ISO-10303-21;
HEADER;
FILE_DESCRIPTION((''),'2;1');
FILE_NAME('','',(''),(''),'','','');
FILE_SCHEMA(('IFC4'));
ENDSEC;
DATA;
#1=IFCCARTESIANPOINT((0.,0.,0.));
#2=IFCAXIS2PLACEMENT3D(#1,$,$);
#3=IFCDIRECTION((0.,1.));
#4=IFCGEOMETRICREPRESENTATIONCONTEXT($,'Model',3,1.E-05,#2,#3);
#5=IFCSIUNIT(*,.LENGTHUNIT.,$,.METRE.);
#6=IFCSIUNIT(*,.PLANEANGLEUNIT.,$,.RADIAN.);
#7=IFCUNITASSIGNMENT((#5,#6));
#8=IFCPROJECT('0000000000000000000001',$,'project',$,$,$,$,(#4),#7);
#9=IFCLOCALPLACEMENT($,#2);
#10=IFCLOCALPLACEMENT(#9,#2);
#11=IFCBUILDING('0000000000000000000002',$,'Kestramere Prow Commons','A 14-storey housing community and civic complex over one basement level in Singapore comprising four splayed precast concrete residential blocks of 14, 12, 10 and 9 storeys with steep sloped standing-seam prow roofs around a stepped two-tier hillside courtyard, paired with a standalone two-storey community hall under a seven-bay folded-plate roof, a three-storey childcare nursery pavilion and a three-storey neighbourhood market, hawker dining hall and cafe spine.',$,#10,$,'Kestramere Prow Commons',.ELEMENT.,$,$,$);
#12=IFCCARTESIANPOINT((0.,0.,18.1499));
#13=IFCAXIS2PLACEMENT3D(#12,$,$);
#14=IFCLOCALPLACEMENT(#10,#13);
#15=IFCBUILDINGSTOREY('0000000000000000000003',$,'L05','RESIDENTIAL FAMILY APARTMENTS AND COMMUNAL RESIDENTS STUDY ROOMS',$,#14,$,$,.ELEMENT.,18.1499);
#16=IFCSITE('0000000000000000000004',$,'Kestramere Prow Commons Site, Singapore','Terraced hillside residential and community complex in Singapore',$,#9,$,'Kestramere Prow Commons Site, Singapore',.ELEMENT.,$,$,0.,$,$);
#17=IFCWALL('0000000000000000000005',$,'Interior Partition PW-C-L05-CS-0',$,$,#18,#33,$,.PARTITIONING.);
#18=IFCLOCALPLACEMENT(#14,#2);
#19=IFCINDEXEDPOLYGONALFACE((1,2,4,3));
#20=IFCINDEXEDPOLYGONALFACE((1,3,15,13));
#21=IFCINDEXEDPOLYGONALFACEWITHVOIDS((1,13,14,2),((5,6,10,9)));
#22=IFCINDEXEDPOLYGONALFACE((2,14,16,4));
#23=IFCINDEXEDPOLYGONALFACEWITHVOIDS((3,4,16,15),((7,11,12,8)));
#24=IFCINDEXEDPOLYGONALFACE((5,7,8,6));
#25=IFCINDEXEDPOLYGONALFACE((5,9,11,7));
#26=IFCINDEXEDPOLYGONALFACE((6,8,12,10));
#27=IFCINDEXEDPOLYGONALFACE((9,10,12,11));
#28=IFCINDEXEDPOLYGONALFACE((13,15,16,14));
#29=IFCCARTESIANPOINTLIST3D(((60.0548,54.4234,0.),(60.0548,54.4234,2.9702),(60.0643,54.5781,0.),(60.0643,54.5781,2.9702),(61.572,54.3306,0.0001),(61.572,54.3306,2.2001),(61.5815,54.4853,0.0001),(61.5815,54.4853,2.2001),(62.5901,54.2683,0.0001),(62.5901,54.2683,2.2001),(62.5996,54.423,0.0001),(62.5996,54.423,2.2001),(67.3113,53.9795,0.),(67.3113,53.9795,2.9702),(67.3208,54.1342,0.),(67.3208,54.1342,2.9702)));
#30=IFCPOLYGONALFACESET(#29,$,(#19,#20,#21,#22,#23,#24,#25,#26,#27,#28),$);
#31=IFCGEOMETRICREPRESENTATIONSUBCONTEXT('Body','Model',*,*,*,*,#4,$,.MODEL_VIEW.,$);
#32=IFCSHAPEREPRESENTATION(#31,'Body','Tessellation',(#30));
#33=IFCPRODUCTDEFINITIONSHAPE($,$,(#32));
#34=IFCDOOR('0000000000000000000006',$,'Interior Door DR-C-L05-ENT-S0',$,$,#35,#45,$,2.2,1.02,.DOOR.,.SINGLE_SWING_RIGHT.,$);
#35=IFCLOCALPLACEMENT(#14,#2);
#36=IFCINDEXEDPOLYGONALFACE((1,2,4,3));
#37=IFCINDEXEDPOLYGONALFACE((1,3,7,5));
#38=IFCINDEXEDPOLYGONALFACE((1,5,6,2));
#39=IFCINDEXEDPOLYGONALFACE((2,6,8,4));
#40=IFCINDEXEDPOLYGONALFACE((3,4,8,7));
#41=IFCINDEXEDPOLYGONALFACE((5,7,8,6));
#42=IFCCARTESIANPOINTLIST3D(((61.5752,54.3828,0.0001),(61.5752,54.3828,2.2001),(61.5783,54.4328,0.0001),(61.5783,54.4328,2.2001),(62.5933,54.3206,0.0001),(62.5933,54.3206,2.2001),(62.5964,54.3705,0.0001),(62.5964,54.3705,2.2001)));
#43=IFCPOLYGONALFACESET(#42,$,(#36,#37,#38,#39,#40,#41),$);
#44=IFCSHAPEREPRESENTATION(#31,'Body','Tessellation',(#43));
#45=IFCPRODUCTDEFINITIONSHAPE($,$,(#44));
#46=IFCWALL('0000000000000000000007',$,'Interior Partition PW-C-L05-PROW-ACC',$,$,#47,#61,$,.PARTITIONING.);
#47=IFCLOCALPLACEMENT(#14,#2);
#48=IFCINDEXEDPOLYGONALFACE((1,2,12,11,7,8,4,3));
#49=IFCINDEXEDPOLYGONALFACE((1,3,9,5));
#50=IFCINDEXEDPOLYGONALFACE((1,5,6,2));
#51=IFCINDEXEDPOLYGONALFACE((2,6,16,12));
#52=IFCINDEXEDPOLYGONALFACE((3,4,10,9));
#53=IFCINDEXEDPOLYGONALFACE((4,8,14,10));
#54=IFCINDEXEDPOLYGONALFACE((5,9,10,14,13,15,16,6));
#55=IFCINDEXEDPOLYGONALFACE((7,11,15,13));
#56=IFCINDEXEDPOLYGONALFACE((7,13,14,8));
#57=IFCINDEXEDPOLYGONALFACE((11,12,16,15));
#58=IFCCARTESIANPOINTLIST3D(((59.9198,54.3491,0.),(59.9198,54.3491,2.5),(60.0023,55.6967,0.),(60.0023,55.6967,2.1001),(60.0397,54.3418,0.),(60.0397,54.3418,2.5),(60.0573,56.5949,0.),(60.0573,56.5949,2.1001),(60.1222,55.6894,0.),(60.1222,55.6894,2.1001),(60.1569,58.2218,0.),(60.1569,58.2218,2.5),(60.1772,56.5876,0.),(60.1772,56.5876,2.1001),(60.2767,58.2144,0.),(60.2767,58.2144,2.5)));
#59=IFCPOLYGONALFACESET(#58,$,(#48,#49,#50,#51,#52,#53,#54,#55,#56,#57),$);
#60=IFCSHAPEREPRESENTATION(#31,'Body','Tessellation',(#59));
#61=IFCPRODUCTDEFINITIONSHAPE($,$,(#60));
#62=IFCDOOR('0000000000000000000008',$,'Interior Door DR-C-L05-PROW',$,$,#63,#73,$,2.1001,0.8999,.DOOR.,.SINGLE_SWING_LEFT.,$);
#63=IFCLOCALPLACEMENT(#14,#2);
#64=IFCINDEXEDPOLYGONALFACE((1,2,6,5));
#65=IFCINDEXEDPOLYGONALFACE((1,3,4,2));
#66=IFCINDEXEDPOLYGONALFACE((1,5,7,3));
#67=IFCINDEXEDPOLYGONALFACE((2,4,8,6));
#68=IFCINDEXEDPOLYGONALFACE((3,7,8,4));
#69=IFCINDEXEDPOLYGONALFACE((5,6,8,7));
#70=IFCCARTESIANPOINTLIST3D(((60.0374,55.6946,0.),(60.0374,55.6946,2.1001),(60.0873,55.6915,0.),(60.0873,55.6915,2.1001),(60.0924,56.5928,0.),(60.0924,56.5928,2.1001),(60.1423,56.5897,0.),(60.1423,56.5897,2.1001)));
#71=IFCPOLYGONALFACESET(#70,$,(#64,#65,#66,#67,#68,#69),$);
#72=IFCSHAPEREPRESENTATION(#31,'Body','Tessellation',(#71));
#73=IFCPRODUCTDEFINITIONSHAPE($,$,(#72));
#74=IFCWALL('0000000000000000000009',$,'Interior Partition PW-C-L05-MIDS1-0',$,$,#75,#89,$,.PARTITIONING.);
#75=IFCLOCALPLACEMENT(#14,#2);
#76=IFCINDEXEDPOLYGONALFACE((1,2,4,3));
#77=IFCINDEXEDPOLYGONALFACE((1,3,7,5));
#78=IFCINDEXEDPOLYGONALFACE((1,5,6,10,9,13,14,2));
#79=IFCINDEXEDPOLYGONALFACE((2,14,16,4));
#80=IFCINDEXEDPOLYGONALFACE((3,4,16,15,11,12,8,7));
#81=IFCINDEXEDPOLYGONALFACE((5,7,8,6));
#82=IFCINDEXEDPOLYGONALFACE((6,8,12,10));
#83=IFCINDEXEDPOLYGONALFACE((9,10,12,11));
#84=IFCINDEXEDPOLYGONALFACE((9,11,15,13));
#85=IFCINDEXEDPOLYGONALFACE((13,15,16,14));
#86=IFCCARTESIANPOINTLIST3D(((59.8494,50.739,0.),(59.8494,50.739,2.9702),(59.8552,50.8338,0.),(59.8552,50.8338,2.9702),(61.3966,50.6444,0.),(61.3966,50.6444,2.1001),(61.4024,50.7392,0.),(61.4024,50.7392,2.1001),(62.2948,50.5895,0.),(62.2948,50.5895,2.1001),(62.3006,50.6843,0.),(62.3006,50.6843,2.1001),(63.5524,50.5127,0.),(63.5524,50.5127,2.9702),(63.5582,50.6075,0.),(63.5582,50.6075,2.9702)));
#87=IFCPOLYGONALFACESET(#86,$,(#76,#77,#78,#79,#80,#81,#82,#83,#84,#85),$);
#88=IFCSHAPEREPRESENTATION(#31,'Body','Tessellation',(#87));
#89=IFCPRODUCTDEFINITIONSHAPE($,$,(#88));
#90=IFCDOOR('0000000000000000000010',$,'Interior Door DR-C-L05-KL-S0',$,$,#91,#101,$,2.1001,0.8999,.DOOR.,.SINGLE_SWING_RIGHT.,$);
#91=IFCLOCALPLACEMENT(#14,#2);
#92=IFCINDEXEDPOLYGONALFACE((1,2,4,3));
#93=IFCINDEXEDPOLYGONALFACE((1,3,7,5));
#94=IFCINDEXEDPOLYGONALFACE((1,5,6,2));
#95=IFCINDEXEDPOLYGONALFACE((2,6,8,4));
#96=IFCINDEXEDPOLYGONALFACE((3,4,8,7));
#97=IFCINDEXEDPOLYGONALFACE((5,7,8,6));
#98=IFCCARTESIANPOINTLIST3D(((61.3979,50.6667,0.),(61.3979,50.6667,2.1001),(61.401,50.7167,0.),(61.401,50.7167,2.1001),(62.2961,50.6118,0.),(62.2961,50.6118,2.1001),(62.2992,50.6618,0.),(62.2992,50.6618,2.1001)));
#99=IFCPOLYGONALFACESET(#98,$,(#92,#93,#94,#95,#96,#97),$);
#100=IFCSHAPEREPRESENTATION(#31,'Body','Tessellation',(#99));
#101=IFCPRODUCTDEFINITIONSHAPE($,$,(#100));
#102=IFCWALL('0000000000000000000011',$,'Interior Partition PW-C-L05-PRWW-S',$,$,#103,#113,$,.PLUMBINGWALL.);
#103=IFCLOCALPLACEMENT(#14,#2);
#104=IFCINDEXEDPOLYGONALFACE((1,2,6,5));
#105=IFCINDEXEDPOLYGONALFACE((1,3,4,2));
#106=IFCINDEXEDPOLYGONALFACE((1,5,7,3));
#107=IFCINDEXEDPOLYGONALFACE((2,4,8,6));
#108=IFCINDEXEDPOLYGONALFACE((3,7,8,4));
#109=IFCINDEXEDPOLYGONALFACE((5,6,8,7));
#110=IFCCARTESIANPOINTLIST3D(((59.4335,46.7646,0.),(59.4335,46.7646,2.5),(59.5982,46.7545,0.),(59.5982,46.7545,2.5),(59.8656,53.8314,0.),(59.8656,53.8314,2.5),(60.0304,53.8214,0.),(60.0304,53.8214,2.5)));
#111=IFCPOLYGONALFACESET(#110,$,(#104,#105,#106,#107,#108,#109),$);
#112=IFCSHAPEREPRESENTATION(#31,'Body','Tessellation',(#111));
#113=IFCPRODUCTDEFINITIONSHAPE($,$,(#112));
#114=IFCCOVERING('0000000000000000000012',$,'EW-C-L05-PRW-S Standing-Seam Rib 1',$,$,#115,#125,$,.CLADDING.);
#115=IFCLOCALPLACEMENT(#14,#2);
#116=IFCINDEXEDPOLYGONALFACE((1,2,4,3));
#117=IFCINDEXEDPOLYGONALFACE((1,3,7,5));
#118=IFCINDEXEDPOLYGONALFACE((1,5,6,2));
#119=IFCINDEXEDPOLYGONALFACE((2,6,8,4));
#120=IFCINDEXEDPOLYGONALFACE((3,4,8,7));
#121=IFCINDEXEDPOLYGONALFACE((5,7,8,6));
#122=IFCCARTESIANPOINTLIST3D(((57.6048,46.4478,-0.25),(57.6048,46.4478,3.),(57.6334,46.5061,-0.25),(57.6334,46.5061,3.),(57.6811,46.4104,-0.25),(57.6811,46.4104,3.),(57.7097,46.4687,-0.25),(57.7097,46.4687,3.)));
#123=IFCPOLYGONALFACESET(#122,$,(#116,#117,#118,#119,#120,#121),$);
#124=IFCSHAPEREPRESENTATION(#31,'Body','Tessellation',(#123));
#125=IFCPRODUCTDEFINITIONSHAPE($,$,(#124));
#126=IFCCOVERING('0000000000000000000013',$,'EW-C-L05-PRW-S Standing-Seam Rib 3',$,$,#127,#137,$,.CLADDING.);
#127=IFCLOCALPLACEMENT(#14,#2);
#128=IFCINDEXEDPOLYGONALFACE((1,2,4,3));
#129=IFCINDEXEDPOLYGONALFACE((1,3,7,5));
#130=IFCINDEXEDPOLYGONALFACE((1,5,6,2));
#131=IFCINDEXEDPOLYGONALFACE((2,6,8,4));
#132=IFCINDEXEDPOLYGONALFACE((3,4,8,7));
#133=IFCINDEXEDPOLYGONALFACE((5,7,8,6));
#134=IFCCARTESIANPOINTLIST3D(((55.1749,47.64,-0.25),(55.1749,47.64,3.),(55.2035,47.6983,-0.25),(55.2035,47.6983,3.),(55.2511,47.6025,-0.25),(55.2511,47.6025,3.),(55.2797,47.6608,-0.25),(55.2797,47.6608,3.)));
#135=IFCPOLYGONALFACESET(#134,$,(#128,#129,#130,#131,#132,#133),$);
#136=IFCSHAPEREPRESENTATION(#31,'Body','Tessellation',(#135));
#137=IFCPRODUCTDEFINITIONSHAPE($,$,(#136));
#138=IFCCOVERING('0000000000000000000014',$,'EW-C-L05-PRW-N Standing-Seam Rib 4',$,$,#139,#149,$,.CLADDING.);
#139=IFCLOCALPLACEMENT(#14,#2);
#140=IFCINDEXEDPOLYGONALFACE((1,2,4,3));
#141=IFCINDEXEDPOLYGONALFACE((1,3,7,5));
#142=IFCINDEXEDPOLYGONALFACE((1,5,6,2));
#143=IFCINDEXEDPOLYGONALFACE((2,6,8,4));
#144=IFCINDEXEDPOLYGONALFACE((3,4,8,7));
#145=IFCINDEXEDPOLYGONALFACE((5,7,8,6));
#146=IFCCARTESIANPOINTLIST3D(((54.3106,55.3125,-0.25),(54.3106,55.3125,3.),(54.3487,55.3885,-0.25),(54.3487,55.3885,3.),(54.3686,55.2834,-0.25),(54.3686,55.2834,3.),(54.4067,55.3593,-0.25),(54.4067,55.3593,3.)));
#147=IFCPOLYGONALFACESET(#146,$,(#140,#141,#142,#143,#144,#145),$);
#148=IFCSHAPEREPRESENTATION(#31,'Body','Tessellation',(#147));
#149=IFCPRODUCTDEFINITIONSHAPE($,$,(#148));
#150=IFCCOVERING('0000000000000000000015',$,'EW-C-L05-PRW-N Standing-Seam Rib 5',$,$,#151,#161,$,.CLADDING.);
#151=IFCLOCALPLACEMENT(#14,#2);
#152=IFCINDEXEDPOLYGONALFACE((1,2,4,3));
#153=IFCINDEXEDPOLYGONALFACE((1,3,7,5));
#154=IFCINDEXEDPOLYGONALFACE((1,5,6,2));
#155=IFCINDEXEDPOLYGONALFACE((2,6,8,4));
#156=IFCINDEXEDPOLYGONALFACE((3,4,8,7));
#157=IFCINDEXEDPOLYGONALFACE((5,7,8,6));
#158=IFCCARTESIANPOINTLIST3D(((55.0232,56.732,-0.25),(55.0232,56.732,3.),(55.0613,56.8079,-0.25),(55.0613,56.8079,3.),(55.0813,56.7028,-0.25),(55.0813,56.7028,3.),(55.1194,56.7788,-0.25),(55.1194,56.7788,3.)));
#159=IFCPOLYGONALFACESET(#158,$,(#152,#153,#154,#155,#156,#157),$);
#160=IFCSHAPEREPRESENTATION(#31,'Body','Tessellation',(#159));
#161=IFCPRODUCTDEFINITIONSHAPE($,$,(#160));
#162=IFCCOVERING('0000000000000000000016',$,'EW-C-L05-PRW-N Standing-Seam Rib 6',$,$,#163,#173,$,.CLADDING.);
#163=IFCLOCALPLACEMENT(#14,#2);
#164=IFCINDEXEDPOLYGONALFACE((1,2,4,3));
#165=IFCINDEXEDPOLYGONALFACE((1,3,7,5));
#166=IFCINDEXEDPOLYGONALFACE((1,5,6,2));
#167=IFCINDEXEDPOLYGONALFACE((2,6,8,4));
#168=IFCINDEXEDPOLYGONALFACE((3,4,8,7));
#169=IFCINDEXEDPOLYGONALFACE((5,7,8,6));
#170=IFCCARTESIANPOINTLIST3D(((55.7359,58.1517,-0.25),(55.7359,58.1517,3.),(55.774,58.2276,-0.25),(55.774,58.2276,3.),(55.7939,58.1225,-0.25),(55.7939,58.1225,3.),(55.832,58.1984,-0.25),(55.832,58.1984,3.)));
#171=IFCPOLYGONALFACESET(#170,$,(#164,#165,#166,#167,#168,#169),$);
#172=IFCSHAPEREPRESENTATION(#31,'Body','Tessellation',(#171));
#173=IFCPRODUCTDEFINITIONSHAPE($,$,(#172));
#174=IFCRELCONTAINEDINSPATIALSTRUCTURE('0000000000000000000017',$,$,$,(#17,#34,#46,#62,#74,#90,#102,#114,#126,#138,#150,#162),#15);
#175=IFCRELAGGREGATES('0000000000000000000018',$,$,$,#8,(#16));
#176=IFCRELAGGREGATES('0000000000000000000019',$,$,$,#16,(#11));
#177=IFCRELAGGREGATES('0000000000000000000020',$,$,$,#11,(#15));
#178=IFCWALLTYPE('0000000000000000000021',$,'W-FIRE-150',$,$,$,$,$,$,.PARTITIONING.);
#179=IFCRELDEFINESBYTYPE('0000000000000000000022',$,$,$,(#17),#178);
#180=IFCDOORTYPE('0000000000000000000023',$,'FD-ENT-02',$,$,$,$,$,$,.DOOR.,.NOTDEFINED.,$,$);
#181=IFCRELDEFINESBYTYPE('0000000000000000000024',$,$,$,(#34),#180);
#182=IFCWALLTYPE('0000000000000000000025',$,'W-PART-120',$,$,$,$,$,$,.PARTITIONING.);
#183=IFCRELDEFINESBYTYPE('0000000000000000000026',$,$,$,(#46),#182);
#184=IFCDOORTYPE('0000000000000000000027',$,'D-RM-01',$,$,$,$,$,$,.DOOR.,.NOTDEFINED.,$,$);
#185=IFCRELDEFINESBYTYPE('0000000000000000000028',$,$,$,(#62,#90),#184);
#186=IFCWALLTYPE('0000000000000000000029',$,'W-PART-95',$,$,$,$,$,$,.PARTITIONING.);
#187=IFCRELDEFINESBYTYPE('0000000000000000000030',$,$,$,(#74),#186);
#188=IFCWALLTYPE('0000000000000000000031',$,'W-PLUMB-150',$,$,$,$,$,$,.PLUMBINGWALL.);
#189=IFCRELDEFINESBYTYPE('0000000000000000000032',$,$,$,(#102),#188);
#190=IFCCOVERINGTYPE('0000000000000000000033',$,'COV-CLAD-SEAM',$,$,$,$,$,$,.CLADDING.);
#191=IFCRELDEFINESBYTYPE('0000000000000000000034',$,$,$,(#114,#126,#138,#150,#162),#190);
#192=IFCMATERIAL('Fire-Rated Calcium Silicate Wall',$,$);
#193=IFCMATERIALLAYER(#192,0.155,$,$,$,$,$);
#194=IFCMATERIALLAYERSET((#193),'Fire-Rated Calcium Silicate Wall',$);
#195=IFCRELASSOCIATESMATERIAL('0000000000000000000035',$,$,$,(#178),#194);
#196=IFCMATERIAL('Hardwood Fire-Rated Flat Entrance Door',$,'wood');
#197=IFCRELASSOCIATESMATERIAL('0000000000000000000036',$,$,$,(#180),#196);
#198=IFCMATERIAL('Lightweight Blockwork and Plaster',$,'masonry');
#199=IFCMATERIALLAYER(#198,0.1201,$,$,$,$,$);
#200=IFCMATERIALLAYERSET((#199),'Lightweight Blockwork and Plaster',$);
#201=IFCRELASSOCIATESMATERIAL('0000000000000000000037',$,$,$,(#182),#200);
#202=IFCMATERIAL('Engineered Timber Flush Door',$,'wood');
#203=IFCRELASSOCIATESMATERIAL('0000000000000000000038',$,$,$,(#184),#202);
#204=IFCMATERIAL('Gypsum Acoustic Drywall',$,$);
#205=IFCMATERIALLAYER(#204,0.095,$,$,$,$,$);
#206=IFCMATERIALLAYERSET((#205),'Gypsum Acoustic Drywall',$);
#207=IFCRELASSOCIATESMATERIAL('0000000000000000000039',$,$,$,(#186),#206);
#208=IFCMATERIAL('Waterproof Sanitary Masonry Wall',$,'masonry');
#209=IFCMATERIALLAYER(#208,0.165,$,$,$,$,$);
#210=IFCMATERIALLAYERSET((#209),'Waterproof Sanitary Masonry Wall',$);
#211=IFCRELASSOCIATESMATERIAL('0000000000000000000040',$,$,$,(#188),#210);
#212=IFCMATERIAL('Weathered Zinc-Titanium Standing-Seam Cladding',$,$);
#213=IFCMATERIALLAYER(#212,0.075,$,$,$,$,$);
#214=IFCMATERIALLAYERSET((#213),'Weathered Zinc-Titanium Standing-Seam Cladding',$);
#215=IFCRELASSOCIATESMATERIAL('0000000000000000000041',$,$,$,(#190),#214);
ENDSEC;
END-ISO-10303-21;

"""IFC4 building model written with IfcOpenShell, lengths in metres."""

from ifc_helpers import new_model, si_unit, direction, frame, frame_2d, origin, origin_2d, place, context, subcontext, project, spatial, rectangle, extrude, material, layer, layer_set, type_object, element, fill, save


model = new_model("IFC4")

# Units and contexts
model_context = context("Model", 3, precision=1e-05, world=origin(), true_north=direction((0.0, 1.0)))
body_context = subcontext(model_context, "Body", "Model", "MODEL_VIEW")
ifc_project = project(units=[si_unit("LENGTHUNIT", "METRE"), si_unit("PLANEANGLEUNIT", "RADIAN")], contexts=[model_context])

# Site, building, storey
site_placement = place(None, origin())
site = spatial("IfcSite", under=ifc_project, at=site_placement, Name="Kestramere Prow Commons Site, Singapore", Description="Terraced hillside residential and community complex in Singapore", LongName="Kestramere Prow Commons Site, Singapore", CompositionType="ELEMENT", RefElevation=0.0)
building_placement = place(site_placement, origin())
building = spatial("IfcBuilding", under=site, at=building_placement, Name="Kestramere Prow Commons", Description="A 14-storey housing community and civic complex over one basement level in Singapore comprising four splayed precast concrete residential blocks of 14, 12, 10 and 9 storeys with steep sloped standing-seam prow roofs around a stepped two-tier hillside courtyard, paired with a standalone two-storey community hall under a seven-bay folded-plate roof, a three-storey childcare nursery pavilion and a three-storey neighbourhood market, hawker dining hall and cafe spine.", LongName="Kestramere Prow Commons", CompositionType="ELEMENT")
storey_placement = place(building_placement, frame((0.0, 0.0, 18.1499)))
storey = spatial("IfcBuildingStorey", under=building, at=storey_placement, Name="L05", Description="RESIDENTIAL FAMILY APARTMENTS AND COMMUNAL RESIDENTS STUDY ROOMS", CompositionType="ELEMENT", Elevation=18.1499)

# Shared definitions
ifc_material_1 = material(Name="Weathered Zinc-Titanium Standing-Seam Cladding")

# Walls, openings, doors
ifc_material_2 = material(Name="Fire-Rated Calcium Silicate Wall")
ifc_layer_1 = layer(ifc_material_2, 0.155)
ifc_layer_set_1 = layer_set([ifc_layer_1], Name="Fire-Rated Calcium Silicate Wall")
wall_type_1 = type_object("IfcWallType", Name="W-FIRE-150", PredefinedType="PARTITIONING", material=ifc_layer_set_1)
wall_1_placement = place(storey_placement, frame((60.0596, 54.5007, 0.0), z_axis=(0.0, 0.0, 1.0), x_axis=(0.998135, -0.061053, 0.0)))
wall_1 = element("IfcWall", 1, at=wall_1_placement, inside=storey, type_object=wall_type_1, Name="Interior Partition PW-C-L05-CS-0", PredefinedType="PARTITIONING", context=body_context, shape_type="SweptSolid", body=[
    extrude(rectangle(XDim=7.27, YDim=0.155, at=frame_2d((3.635, 0.0))), origin(), (0.0, 0.0, 1.0), 2.9702),
])
opening_1_placement = place(wall_1_placement, frame((1.52, 0.0, 0.0)))
opening_1 = element("IfcOpeningElement", 2, at=opening_1_placement, cuts=wall_1, PredefinedType="OPENING", context=body_context, shape_type="SweptSolid", body=[
    extrude(rectangle(XDim=1.02, YDim=2.2, at=frame_2d((0.51, 1.1001))), frame((0.0, 0.0925, 0.0), z_axis=(0.0, -1.0, 0.0), x_axis=(1.0, 0.0, 0.0)), (0.0, 0.0, 1.0), 0.1851),
])
ifc_material_3 = material(Name="Hardwood Fire-Rated Flat Entrance Door", Category="wood")
door_type_1 = type_object("IfcDoorType", Name="FD-ENT-02", OperationType="NOTDEFINED", PredefinedType="DOOR", material=ifc_material_3)
door_1_placement = place(opening_1_placement, origin())
door_1 = element("IfcDoor", 3, at=door_1_placement, inside=storey, type_object=door_type_1, Name="Interior Door DR-C-L05-ENT-S0", OperationType="SINGLE_SWING_RIGHT", OverallHeight=2.2, OverallWidth=1.02, PredefinedType="DOOR", context=body_context, shape_type="SweptSolid", body=[
    extrude(rectangle(XDim=1.02, YDim=2.2, at=frame_2d((0.51, 1.1001))), frame((0.0, 0.0249, 0.0), z_axis=(0.0, -1.0, 0.0), x_axis=(1.0, 0.0, 0.0)), (0.0, 0.0, 1.0), 0.05),
])
fill(opening_1, door_1)
ifc_material_4 = material(Name="Lightweight Blockwork and Plaster", Category="masonry")
ifc_layer_2 = layer(ifc_material_4, 0.1201)
ifc_layer_set_2 = layer_set([ifc_layer_2], Name="Lightweight Blockwork and Plaster")
wall_type_2 = type_object("IfcWallType", Name="W-PART-120", PredefinedType="PARTITIONING", material=ifc_layer_set_2)
wall_2_placement = place(storey_placement, frame((59.9797, 54.3455, 0.0), z_axis=(0.0, 0.0, 1.0), x_axis=(0.061101, 0.998132, 0.0)))
wall_2 = element("IfcWall", 4, at=wall_2_placement, inside=storey, type_object=wall_type_2, Name="Interior Partition PW-C-L05-PROW-ACC", PredefinedType="PARTITIONING", context=body_context, shape_type="SweptSolid", body=[
    extrude(rectangle(XDim=3.8799, YDim=0.1201, at=frame_2d((1.9399, 0.0))), origin(), (0.0, 0.0, 1.0), 2.5),
])
opening_2_placement = place(wall_2_placement, frame((1.3501, 0.0, 0.0)))
opening_2 = element("IfcOpeningElement", 5, at=opening_2_placement, cuts=wall_2, PredefinedType="OPENING", context=body_context, shape_type="SweptSolid", body=[
    extrude(rectangle(XDim=0.8999, YDim=2.1001, at=frame_2d((0.45, 1.05))), frame((0.0, 0.075, 0.0), z_axis=(0.0, -1.0, 0.0), x_axis=(1.0, 0.0, 0.0)), (0.0, 0.0, 1.0), 0.1501),
])
ifc_material_5 = material(Name="Engineered Timber Flush Door", Category="wood")
door_type_2 = type_object("IfcDoorType", Name="D-RM-01", OperationType="NOTDEFINED", PredefinedType="DOOR", material=ifc_material_5)
door_2_placement = place(opening_2_placement, origin())
door_2 = element("IfcDoor", 6, at=door_2_placement, inside=storey, type_object=door_type_2, Name="Interior Door DR-C-L05-PROW", OperationType="SINGLE_SWING_LEFT", OverallHeight=2.1001, OverallWidth=0.8999, PredefinedType="DOOR", context=body_context, shape_type="SweptSolid", body=[
    extrude(rectangle(XDim=0.8999, YDim=2.1001, at=frame_2d((0.45, 1.05))), frame((0.0, 0.0249, 0.0), z_axis=(0.0, -1.0, 0.0), x_axis=(1.0, 0.0, 0.0)), (0.0, 0.0, 1.0), 0.05),
])
fill(opening_2, door_2)
ifc_material_6 = material(Name="Gypsum Acoustic Drywall")
ifc_layer_3 = layer(ifc_material_6, 0.095)
ifc_layer_set_3 = layer_set([ifc_layer_3], Name="Gypsum Acoustic Drywall")
wall_type_3 = type_object("IfcWallType", Name="W-PART-95", PredefinedType="PARTITIONING", material=ifc_layer_set_3)
wall_3_placement = place(storey_placement, frame((59.8523, 50.7864, 0.0), z_axis=(0.0, 0.0, 1.0), x_axis=(0.998138, -0.061002, 0.0)))
wall_3 = element("IfcWall", 7, at=wall_3_placement, inside=storey, type_object=wall_type_3, Name="Interior Partition PW-C-L05-MIDS1-0", PredefinedType="PARTITIONING", context=body_context, shape_type="SweptSolid", body=[
    extrude(rectangle(XDim=3.71, YDim=0.095, at=frame_2d((1.855, 0.0))), origin(), (0.0, 0.0, 1.0), 2.9702),
])
opening_3_placement = place(wall_3_placement, frame((1.55, 0.0, 0.0)))
opening_3 = element("IfcOpeningElement", 8, at=opening_3_placement, cuts=wall_3, PredefinedType="OPENING", context=body_context, shape_type="SweptSolid", body=[
    extrude(rectangle(XDim=0.8999, YDim=2.1001, at=frame_2d((0.45, 1.05))), frame((0.0, 0.0625, 0.0), z_axis=(0.0, -1.0, 0.0), x_axis=(1.0, 0.0, 0.0)), (0.0, 0.0, 1.0), 0.125),
])
door_3_placement = place(opening_3_placement, origin())
door_3 = element("IfcDoor", 9, at=door_3_placement, inside=storey, type_object=door_type_2, Name="Interior Door DR-C-L05-KL-S0", OperationType="SINGLE_SWING_RIGHT", OverallHeight=2.1001, OverallWidth=0.8999, PredefinedType="DOOR", context=body_context, shape_type="SweptSolid", body=[
    extrude(rectangle(XDim=0.8999, YDim=2.1001, at=frame_2d((0.45, 1.05))), frame((0.0, 0.0249, 0.0), z_axis=(0.0, -1.0, 0.0), x_axis=(1.0, 0.0, 0.0)), (0.0, 0.0, 1.0), 0.05),
])
fill(opening_3, door_3)

# Wall
ifc_material_7 = material(Name="Waterproof Sanitary Masonry Wall", Category="masonry")
ifc_layer_4 = layer(ifc_material_7, 0.165)
ifc_layer_set_4 = layer_set([ifc_layer_4], Name="Waterproof Sanitary Masonry Wall")
wall_type_4 = type_object("IfcWallType", Name="W-PLUMB-150", PredefinedType="PLUMBINGWALL", material=ifc_layer_set_4)
wall_4_placement = place(storey_placement, frame((59.5159, 46.7595, 0.0), z_axis=(0.0, 0.0, 1.0), x_axis=(0.061034, 0.998136, 0.0)))
element("IfcWall", 10, at=wall_4_placement, inside=storey, type_object=wall_type_4, Name="Interior Partition PW-C-L05-PRWW-S", PredefinedType="PLUMBINGWALL", context=body_context, shape_type="SweptSolid", body=[
    extrude(rectangle(XDim=7.0801, YDim=0.165, at=frame_2d((3.54, 0.0))), origin(), (0.0, 0.0, 1.0), 2.5),
])

# Coverings
ifc_layer_5 = layer(ifc_material_1, 0.075)
ifc_layer_set_5 = layer_set([ifc_layer_5], Name="Weathered Zinc-Titanium Standing-Seam Cladding")
covering_type = type_object("IfcCoveringType", Name="COV-CLAD-SEAM", PredefinedType="CLADDING", material=ifc_layer_set_5)
for number, where, z_axis, x_axis, name in (
    (11, (57.6572, 46.4583, -0.25), (0.0, 0.0, 1.0), (-0.897771, 0.440463, 0.0), "EW-C-L05-PRW-S Standing-Seam Rib 1"),
    (12, (55.2273, 47.6504, -0.25), (0.0, 0.0, 1.0), (-0.897771, 0.440463, 0.0), "EW-C-L05-PRW-S Standing-Seam Rib 3"),
    (13, (54.3586, 55.3359, -0.25), (0.0, 0.0, 1.0), (0.44862, 0.893722, 0.0), "EW-C-L05-PRW-N Standing-Seam Rib 4"),
    (14, (55.0713, 56.7554, -0.25), (0.0, 0.0, 1.0), (0.44862, 0.893722, 0.0), "EW-C-L05-PRW-N Standing-Seam Rib 5"),
    (15, (55.7839, 58.175, -0.25), (0.0, 0.0, 1.0), (0.44862, 0.893722, 0.0), "EW-C-L05-PRW-N Standing-Seam Rib 6"),
):
    element("IfcCovering", number, at=place(storey_placement, frame(where, z_axis=z_axis, x_axis=x_axis)), inside=storey, type_object=covering_type, Name=name, PredefinedType="CLADDING", context=body_context, shape_type="SweptSolid", body=[
        extrude(rectangle(XDim=0.085, YDim=0.0649, at=origin_2d()), origin(), (0.0, 0.0, 1.0), 3.25),
    ])

save(model, "model.ifc")
